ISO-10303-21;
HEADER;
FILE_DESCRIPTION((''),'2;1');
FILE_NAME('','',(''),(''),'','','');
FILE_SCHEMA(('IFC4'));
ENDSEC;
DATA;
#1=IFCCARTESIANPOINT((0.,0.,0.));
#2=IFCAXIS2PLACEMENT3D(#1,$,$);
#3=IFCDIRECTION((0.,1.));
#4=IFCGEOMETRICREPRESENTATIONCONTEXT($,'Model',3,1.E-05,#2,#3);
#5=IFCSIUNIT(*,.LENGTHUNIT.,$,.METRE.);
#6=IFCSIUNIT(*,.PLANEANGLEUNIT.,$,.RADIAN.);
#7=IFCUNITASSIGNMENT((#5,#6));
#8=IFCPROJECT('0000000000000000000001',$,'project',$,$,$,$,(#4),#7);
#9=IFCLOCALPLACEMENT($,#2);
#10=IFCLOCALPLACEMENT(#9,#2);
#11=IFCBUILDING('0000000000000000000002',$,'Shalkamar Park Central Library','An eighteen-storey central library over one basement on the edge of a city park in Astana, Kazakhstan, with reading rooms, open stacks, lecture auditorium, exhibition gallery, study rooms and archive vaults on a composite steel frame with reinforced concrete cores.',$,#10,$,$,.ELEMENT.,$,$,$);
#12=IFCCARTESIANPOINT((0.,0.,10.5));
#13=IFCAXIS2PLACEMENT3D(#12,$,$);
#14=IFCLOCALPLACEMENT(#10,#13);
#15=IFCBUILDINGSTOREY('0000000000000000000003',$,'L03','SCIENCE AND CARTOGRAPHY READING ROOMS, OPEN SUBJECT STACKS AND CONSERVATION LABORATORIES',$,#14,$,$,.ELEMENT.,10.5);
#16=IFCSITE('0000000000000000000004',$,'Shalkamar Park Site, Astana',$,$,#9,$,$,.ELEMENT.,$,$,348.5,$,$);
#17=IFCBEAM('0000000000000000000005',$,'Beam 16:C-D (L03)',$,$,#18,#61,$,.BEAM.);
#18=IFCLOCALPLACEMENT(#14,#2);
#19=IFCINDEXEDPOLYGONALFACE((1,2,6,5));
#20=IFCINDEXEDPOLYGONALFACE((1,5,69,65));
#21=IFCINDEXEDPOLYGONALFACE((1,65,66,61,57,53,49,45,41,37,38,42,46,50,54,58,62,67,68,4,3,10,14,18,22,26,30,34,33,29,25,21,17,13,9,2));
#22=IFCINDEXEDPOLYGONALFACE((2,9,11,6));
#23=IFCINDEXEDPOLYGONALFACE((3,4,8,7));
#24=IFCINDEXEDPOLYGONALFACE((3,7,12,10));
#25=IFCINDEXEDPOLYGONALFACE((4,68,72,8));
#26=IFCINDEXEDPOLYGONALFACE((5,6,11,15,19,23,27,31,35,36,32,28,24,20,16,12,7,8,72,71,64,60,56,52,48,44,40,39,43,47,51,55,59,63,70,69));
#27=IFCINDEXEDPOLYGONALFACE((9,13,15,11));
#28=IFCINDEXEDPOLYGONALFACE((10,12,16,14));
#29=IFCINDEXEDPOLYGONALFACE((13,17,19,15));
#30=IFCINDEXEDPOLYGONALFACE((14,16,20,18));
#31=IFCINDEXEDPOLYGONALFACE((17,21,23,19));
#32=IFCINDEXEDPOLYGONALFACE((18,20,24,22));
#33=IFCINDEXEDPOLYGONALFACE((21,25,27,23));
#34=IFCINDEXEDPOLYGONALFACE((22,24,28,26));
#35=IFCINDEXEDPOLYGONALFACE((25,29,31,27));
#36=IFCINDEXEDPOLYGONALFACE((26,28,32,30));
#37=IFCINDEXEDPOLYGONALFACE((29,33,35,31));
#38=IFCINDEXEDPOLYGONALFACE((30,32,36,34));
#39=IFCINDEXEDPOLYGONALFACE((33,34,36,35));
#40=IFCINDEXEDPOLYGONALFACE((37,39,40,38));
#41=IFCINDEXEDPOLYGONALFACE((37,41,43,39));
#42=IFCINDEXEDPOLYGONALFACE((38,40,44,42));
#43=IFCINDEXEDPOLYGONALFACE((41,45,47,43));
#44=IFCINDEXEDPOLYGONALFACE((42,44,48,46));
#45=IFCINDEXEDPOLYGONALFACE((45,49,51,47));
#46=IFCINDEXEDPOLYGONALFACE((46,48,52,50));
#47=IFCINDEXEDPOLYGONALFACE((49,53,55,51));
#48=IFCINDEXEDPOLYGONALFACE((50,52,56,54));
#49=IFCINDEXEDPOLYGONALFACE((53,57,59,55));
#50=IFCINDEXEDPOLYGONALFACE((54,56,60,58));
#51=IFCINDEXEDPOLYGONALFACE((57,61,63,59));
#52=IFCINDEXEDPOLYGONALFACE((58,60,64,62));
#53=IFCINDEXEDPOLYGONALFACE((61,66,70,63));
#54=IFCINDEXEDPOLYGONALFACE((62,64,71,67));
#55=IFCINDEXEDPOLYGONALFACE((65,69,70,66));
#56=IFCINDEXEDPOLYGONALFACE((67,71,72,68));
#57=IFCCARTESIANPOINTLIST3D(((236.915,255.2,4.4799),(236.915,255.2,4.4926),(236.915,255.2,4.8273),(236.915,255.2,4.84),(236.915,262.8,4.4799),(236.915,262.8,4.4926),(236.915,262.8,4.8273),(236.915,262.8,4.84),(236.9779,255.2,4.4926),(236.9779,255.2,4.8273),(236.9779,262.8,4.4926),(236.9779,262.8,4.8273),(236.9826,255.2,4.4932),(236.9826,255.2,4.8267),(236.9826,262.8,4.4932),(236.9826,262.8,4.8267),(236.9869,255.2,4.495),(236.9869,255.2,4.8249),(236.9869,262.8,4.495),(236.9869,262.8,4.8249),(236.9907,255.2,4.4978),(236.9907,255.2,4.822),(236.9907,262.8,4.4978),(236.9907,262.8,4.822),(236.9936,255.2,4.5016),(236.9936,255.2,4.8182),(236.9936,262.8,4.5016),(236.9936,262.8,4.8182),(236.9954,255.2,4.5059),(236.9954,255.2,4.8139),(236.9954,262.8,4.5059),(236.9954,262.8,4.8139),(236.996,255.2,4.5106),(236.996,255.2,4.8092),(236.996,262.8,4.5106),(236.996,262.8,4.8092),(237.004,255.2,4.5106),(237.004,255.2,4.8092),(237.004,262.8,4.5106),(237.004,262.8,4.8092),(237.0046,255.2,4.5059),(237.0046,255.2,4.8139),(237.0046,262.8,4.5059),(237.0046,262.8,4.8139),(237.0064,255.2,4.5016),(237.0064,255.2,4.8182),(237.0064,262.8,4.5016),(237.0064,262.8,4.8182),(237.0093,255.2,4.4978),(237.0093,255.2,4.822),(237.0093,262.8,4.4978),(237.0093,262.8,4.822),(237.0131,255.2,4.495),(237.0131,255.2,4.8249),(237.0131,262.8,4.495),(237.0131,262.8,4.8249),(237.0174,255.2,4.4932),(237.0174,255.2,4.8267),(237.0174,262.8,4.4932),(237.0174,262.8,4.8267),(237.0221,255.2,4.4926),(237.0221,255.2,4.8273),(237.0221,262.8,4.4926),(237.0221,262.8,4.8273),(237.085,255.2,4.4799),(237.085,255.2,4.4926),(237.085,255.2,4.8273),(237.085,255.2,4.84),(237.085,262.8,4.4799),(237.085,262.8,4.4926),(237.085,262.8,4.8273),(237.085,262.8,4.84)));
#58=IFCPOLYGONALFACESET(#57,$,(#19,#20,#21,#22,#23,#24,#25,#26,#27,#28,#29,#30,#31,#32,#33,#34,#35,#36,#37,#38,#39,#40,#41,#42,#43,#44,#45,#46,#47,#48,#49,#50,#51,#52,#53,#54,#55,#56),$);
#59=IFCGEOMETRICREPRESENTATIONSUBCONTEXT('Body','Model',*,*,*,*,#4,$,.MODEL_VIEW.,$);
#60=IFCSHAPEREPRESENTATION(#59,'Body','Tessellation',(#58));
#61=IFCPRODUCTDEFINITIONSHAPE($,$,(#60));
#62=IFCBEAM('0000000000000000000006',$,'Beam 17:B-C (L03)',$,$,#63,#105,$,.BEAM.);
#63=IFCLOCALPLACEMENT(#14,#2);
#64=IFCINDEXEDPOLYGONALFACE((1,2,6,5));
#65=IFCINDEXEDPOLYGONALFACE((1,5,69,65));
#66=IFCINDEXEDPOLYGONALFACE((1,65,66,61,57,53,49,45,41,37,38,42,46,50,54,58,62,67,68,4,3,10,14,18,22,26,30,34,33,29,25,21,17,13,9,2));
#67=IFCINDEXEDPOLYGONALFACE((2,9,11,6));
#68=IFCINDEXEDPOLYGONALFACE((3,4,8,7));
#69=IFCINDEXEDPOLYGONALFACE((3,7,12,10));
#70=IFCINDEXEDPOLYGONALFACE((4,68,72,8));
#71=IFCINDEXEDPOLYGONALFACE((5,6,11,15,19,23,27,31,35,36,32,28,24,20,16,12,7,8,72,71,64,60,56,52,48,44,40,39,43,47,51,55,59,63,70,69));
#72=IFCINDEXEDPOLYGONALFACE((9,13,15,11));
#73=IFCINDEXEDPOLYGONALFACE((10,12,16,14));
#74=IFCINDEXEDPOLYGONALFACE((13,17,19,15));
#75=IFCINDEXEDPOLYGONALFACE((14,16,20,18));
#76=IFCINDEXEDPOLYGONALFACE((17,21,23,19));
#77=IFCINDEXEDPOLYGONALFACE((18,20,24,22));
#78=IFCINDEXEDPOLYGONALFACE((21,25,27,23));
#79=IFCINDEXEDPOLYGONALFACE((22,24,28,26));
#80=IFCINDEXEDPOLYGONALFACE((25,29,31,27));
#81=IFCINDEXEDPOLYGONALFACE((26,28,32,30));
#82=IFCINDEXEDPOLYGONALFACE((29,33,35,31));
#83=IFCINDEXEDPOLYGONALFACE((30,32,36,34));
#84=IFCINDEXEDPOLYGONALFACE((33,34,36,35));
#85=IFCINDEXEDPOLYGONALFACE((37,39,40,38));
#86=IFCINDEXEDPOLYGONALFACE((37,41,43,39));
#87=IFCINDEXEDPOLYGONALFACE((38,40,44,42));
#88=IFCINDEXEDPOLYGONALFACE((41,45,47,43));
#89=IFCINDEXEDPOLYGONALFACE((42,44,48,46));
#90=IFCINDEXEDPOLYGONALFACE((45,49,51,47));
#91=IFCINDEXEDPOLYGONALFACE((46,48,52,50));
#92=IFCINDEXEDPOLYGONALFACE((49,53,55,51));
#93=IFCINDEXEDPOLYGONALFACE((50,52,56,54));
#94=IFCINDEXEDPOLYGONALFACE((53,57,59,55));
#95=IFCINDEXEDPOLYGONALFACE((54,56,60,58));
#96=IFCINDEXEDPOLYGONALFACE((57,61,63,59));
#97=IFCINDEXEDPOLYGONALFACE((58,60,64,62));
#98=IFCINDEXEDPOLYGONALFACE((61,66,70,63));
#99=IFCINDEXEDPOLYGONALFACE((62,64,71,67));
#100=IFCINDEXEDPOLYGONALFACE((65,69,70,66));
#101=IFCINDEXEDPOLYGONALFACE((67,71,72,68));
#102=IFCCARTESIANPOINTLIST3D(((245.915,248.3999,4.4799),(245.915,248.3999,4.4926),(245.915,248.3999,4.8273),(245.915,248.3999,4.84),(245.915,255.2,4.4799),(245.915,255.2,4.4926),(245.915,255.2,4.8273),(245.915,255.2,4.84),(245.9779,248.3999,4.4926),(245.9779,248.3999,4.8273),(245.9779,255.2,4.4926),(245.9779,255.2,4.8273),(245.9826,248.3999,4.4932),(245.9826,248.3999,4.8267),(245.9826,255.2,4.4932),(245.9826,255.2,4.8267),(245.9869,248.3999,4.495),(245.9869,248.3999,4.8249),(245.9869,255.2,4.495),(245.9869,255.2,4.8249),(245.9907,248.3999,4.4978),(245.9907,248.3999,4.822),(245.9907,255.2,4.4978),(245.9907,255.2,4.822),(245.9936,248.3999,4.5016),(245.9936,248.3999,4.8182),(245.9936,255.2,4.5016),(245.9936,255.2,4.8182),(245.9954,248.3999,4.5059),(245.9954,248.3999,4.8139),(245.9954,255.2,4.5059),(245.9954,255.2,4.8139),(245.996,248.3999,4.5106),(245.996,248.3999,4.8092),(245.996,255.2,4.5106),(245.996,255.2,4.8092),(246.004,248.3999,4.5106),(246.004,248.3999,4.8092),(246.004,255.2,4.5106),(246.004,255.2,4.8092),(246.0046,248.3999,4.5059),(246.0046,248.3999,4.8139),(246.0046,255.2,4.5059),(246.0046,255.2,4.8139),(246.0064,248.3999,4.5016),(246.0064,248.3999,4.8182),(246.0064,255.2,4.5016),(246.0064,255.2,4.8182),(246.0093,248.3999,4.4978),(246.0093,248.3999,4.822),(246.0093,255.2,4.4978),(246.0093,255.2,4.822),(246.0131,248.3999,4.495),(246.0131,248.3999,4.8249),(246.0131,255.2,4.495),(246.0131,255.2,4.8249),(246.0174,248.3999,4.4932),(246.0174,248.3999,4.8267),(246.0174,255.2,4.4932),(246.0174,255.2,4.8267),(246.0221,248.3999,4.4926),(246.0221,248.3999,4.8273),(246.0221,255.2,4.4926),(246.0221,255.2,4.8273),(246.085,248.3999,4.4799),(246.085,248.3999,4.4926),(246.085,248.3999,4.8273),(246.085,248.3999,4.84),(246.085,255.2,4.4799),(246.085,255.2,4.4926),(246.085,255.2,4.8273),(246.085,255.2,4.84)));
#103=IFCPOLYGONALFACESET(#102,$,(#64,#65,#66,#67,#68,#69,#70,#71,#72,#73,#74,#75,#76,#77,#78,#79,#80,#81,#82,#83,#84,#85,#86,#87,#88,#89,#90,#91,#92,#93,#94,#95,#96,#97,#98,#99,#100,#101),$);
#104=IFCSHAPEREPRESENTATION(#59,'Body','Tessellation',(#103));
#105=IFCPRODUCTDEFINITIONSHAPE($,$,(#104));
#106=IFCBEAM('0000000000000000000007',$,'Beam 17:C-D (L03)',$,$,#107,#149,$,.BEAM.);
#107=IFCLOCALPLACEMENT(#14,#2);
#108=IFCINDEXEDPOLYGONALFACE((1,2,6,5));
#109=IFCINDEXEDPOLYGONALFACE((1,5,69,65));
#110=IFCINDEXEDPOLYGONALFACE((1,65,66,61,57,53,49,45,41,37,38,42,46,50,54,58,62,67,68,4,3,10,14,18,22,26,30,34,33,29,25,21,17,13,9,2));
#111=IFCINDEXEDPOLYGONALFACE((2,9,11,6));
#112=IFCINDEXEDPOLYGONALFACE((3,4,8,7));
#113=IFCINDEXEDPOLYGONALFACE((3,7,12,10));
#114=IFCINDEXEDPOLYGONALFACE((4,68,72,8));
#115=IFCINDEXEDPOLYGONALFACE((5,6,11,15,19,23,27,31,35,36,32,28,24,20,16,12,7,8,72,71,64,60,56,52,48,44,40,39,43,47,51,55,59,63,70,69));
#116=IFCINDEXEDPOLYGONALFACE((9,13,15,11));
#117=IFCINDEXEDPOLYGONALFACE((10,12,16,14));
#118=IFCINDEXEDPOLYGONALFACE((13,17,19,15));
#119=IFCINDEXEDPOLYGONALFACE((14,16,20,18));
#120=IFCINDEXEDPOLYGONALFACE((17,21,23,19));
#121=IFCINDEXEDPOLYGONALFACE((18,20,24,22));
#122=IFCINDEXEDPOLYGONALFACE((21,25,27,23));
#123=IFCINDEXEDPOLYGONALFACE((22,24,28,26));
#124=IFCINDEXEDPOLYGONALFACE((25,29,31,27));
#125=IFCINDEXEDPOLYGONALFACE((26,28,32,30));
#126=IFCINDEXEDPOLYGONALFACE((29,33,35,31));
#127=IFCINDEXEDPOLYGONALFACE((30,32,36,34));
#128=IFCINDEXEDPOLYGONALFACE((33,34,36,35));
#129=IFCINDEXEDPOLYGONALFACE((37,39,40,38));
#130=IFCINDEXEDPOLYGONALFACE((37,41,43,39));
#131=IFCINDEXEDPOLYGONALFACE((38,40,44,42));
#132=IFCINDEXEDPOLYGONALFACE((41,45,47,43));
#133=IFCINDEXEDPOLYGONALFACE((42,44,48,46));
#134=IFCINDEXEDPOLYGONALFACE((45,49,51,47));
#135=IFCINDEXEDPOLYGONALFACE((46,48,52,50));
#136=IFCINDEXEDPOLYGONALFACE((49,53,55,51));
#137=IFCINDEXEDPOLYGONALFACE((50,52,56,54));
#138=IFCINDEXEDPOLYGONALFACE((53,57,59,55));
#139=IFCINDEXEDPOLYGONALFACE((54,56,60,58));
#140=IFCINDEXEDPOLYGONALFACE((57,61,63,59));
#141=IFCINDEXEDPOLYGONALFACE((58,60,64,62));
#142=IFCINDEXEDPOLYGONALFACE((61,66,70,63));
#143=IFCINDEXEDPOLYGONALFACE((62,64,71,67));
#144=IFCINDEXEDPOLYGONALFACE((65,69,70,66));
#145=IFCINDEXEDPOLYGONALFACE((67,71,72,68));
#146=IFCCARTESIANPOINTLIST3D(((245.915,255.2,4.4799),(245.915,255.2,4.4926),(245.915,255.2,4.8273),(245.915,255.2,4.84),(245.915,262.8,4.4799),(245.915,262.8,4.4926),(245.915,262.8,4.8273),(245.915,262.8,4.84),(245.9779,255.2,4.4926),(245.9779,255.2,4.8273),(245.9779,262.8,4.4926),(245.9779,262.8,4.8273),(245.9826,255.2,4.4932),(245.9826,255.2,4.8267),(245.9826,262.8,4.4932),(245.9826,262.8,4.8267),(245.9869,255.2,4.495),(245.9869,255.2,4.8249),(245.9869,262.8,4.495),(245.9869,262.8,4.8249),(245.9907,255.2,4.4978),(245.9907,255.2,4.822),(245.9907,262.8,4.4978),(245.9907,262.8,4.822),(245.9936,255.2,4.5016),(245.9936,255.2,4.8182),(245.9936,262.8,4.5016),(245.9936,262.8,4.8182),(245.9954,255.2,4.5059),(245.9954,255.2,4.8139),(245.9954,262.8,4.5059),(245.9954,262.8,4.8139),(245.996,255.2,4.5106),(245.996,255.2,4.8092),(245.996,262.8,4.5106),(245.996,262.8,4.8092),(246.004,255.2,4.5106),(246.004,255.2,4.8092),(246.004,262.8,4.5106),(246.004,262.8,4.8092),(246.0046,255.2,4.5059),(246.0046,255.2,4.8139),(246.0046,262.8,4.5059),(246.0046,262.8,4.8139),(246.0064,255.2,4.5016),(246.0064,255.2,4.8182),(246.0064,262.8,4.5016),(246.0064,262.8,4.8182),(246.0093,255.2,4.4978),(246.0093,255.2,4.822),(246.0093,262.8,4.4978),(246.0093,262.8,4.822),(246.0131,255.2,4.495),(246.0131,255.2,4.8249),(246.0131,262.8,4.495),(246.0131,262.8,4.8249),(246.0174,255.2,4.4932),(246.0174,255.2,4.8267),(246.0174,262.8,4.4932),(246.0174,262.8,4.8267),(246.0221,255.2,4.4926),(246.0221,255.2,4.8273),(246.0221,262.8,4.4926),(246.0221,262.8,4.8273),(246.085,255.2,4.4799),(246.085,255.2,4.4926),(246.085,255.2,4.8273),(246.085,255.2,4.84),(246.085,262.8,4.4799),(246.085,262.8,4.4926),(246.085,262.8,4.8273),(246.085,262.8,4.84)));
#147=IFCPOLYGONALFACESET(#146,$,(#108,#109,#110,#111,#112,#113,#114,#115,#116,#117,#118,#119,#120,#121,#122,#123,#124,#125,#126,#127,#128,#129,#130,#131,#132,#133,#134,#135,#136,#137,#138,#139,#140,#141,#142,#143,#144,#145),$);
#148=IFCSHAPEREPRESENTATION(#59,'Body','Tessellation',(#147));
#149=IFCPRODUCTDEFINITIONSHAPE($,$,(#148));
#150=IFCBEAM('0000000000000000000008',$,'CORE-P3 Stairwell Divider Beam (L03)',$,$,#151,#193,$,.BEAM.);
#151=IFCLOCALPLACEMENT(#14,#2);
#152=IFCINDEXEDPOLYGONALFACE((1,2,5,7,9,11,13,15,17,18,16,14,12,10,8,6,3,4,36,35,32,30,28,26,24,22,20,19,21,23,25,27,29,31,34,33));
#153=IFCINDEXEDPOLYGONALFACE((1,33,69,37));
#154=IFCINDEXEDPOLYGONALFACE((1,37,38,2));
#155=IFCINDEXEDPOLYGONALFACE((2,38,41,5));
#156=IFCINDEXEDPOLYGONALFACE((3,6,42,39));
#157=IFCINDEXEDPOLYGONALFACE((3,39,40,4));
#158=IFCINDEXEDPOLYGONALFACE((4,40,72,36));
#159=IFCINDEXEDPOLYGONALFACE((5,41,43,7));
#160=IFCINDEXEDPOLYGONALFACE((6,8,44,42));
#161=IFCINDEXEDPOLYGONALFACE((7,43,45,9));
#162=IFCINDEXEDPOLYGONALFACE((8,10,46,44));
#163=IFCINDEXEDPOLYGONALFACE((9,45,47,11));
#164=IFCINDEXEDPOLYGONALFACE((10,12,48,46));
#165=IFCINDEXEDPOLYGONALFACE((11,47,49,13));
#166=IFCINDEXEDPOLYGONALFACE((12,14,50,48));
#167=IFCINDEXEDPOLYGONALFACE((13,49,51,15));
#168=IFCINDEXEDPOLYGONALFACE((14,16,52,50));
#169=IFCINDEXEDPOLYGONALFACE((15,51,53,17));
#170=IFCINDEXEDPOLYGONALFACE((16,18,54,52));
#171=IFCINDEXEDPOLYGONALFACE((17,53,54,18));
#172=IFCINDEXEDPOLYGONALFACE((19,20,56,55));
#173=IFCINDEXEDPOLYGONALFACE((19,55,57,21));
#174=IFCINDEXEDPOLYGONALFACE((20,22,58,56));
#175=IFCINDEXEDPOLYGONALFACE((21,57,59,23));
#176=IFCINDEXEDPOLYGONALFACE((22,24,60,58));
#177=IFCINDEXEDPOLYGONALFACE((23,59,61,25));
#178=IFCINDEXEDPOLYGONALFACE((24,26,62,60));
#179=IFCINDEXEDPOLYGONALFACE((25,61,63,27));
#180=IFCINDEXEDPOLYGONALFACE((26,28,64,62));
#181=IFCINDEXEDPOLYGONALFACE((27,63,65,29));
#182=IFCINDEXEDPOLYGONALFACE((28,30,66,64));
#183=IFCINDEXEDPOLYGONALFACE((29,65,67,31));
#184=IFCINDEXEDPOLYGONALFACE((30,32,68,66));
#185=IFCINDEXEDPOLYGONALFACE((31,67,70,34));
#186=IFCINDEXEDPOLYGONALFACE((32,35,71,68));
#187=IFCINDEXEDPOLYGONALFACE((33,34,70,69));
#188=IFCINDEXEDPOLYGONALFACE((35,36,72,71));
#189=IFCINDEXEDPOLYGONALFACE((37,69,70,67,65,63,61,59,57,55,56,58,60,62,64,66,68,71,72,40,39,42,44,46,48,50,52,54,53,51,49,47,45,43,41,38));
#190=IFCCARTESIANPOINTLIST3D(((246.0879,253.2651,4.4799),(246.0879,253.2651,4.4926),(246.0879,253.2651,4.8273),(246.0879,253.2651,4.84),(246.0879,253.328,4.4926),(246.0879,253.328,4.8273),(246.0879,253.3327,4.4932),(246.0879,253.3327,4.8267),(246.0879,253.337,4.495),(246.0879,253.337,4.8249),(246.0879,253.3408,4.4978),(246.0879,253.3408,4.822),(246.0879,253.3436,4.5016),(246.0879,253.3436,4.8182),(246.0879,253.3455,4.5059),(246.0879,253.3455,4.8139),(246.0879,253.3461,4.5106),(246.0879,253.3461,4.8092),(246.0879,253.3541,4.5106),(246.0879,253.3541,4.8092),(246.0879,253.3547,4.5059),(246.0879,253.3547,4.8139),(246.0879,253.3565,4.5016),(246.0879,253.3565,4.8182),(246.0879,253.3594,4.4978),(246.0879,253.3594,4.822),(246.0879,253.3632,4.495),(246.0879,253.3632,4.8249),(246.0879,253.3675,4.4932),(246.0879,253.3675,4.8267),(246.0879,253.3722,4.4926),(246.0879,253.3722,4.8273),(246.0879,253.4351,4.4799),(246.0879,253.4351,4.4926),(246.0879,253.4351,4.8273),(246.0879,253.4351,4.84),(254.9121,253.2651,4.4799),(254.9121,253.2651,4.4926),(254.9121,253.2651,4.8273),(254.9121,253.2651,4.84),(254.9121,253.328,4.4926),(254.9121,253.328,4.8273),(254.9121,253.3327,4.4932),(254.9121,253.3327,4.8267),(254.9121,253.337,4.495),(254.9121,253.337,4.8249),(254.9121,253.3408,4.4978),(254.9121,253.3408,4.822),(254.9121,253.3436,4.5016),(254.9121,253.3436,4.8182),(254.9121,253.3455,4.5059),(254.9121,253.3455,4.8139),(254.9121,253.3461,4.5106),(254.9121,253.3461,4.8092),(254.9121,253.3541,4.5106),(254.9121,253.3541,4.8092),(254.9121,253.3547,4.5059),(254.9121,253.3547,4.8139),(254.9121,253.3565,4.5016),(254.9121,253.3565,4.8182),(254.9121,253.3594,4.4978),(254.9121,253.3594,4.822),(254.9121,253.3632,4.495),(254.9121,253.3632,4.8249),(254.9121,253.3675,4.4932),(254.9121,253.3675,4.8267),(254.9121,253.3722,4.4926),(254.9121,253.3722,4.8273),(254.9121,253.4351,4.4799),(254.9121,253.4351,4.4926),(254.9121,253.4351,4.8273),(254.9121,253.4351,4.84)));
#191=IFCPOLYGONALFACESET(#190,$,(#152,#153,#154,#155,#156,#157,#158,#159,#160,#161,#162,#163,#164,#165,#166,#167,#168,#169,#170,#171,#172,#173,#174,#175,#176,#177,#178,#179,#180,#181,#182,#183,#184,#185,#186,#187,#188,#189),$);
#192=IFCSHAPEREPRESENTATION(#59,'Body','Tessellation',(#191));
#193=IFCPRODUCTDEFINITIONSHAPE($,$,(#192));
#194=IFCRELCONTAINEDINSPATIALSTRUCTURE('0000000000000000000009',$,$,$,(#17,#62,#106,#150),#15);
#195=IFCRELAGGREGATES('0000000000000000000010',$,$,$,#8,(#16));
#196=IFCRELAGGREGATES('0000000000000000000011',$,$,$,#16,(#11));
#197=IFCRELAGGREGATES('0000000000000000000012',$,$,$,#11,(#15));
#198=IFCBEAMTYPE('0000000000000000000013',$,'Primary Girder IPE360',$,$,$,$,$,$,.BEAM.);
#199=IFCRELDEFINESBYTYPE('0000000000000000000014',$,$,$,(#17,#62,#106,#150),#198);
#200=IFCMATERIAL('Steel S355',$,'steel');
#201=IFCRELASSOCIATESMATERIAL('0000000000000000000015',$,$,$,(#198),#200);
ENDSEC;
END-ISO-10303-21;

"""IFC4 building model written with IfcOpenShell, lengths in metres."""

from ifc_helpers import new_model, si_unit, direction, frame, origin, origin_2d, place, context, subcontext, project, spatial, i_section, extrude, material, material_profile, profile_set, type_object, element, save


model = new_model("IFC4")

# Units and contexts
model_context = context("Model", 3, precision=1e-05, world=origin(), true_north=direction((0.0, 1.0)))
body_context = subcontext(model_context, "Body", "Model", "MODEL_VIEW")
ifc_project = project(units=[si_unit("LENGTHUNIT", "METRE"), si_unit("PLANEANGLEUNIT", "RADIAN")], contexts=[model_context])

# Site, building, storey
site_placement = place(None, origin())
site = spatial("IfcSite", under=ifc_project, at=site_placement, Name="Shalkamar Park Site, Astana", CompositionType="ELEMENT", RefElevation=348.5)
building_placement = place(site_placement, origin())
building = spatial("IfcBuilding", under=site, at=building_placement, Name="Shalkamar Park Central Library", Description="An eighteen-storey central library over one basement on the edge of a city park in Astana, Kazakhstan, with reading rooms, open stacks, lecture auditorium, exhibition gallery, study rooms and archive vaults on a composite steel frame with reinforced concrete cores.", CompositionType="ELEMENT")
storey_placement = place(building_placement, frame((0.0, 0.0, 10.5)))
storey = spatial("IfcBuildingStorey", under=building, at=storey_placement, Name="L03", Description="SCIENCE AND CARTOGRAPHY READING ROOMS, OPEN SUBJECT STACKS AND CONSERVATION LABORATORIES", CompositionType="ELEMENT", Elevation=10.5)

# Shared definitions
ifc_material_1 = material(Name="Steel S355", Category="steel")

# Beams
ifc_material_profile_1 = material_profile(ifc_material_1, i_section(OverallWidth=0.1699, OverallDepth=0.3601, WebThickness=0.0081, FlangeThickness=0.0127, FilletRadius=0.0181, at=origin_2d()), Name="IPE 360")
ifc_profile_set_1 = profile_set([ifc_material_profile_1], Name="Steel S355")
beam_type_1 = type_object("IfcBeamType", Name="Primary Girder IPE360", PredefinedType="BEAM", material=ifc_profile_set_1)
beam_1_placement = place(storey_placement, frame((237.0, 255.2, 4.6599), z_axis=(0.0, 1.0, 0.0), x_axis=(-1.0, 0.0, 0.0)))
element("IfcBeam", 1, at=beam_1_placement, inside=storey, type_object=beam_type_1, Name="Beam 16:C-D (L03)", PredefinedType="BEAM", context=body_context, shape_type="SweptSolid", body=[
    extrude(i_section(OverallWidth=0.1699, OverallDepth=0.3601, WebThickness=0.0081, FlangeThickness=0.0127, FilletRadius=0.0181, at=origin_2d()), origin(), (0.0, 0.0, 1.0), 7.6001),
])
beam_2_placement = place(storey_placement, frame((246.0, 248.3999, 4.6599), z_axis=(0.0, 1.0, 0.0), x_axis=(-1.0, 0.0, 0.0)))
element("IfcBeam", 2, at=beam_2_placement, inside=storey, type_object=beam_type_1, Name="Beam 17:B-C (L03)", PredefinedType="BEAM", context=body_context, shape_type="SweptSolid", body=[
    extrude(i_section(OverallWidth=0.1699, OverallDepth=0.3601, WebThickness=0.0081, FlangeThickness=0.0127, FilletRadius=0.0181, at=origin_2d()), origin(), (0.0, 0.0, 1.0), 6.8),
])
beam_3_placement = place(storey_placement, frame((246.0, 255.2, 4.6599), z_axis=(0.0, 1.0, 0.0), x_axis=(-1.0, 0.0, 0.0)))
element("IfcBeam", 3, at=beam_3_placement, inside=storey, type_object=beam_type_1, Name="Beam 17:C-D (L03)", PredefinedType="BEAM", context=body_context, shape_type="SweptSolid", body=[
    extrude(i_section(OverallWidth=0.1699, OverallDepth=0.3601, WebThickness=0.0081, FlangeThickness=0.0127, FilletRadius=0.0181, at=origin_2d()), origin(), (0.0, 0.0, 1.0), 7.6001),
])
beam_4_placement = place(storey_placement, frame((246.0879, 253.3501, 4.6599), z_axis=(1.0, 0.0, 0.0), x_axis=(0.0, 1.0, 0.0)))
element("IfcBeam", 4, at=beam_4_placement, inside=storey, type_object=beam_type_1, Name="CORE-P3 Stairwell Divider Beam (L03)", PredefinedType="BEAM", context=body_context, shape_type="SweptSolid", body=[
    extrude(i_section(OverallWidth=0.1699, OverallDepth=0.3601, WebThickness=0.0081, FlangeThickness=0.0127, FilletRadius=0.0181, at=origin_2d()), origin(), (0.0, 0.0, 1.0), 8.8242),
])

save(model, "model.ifc")
